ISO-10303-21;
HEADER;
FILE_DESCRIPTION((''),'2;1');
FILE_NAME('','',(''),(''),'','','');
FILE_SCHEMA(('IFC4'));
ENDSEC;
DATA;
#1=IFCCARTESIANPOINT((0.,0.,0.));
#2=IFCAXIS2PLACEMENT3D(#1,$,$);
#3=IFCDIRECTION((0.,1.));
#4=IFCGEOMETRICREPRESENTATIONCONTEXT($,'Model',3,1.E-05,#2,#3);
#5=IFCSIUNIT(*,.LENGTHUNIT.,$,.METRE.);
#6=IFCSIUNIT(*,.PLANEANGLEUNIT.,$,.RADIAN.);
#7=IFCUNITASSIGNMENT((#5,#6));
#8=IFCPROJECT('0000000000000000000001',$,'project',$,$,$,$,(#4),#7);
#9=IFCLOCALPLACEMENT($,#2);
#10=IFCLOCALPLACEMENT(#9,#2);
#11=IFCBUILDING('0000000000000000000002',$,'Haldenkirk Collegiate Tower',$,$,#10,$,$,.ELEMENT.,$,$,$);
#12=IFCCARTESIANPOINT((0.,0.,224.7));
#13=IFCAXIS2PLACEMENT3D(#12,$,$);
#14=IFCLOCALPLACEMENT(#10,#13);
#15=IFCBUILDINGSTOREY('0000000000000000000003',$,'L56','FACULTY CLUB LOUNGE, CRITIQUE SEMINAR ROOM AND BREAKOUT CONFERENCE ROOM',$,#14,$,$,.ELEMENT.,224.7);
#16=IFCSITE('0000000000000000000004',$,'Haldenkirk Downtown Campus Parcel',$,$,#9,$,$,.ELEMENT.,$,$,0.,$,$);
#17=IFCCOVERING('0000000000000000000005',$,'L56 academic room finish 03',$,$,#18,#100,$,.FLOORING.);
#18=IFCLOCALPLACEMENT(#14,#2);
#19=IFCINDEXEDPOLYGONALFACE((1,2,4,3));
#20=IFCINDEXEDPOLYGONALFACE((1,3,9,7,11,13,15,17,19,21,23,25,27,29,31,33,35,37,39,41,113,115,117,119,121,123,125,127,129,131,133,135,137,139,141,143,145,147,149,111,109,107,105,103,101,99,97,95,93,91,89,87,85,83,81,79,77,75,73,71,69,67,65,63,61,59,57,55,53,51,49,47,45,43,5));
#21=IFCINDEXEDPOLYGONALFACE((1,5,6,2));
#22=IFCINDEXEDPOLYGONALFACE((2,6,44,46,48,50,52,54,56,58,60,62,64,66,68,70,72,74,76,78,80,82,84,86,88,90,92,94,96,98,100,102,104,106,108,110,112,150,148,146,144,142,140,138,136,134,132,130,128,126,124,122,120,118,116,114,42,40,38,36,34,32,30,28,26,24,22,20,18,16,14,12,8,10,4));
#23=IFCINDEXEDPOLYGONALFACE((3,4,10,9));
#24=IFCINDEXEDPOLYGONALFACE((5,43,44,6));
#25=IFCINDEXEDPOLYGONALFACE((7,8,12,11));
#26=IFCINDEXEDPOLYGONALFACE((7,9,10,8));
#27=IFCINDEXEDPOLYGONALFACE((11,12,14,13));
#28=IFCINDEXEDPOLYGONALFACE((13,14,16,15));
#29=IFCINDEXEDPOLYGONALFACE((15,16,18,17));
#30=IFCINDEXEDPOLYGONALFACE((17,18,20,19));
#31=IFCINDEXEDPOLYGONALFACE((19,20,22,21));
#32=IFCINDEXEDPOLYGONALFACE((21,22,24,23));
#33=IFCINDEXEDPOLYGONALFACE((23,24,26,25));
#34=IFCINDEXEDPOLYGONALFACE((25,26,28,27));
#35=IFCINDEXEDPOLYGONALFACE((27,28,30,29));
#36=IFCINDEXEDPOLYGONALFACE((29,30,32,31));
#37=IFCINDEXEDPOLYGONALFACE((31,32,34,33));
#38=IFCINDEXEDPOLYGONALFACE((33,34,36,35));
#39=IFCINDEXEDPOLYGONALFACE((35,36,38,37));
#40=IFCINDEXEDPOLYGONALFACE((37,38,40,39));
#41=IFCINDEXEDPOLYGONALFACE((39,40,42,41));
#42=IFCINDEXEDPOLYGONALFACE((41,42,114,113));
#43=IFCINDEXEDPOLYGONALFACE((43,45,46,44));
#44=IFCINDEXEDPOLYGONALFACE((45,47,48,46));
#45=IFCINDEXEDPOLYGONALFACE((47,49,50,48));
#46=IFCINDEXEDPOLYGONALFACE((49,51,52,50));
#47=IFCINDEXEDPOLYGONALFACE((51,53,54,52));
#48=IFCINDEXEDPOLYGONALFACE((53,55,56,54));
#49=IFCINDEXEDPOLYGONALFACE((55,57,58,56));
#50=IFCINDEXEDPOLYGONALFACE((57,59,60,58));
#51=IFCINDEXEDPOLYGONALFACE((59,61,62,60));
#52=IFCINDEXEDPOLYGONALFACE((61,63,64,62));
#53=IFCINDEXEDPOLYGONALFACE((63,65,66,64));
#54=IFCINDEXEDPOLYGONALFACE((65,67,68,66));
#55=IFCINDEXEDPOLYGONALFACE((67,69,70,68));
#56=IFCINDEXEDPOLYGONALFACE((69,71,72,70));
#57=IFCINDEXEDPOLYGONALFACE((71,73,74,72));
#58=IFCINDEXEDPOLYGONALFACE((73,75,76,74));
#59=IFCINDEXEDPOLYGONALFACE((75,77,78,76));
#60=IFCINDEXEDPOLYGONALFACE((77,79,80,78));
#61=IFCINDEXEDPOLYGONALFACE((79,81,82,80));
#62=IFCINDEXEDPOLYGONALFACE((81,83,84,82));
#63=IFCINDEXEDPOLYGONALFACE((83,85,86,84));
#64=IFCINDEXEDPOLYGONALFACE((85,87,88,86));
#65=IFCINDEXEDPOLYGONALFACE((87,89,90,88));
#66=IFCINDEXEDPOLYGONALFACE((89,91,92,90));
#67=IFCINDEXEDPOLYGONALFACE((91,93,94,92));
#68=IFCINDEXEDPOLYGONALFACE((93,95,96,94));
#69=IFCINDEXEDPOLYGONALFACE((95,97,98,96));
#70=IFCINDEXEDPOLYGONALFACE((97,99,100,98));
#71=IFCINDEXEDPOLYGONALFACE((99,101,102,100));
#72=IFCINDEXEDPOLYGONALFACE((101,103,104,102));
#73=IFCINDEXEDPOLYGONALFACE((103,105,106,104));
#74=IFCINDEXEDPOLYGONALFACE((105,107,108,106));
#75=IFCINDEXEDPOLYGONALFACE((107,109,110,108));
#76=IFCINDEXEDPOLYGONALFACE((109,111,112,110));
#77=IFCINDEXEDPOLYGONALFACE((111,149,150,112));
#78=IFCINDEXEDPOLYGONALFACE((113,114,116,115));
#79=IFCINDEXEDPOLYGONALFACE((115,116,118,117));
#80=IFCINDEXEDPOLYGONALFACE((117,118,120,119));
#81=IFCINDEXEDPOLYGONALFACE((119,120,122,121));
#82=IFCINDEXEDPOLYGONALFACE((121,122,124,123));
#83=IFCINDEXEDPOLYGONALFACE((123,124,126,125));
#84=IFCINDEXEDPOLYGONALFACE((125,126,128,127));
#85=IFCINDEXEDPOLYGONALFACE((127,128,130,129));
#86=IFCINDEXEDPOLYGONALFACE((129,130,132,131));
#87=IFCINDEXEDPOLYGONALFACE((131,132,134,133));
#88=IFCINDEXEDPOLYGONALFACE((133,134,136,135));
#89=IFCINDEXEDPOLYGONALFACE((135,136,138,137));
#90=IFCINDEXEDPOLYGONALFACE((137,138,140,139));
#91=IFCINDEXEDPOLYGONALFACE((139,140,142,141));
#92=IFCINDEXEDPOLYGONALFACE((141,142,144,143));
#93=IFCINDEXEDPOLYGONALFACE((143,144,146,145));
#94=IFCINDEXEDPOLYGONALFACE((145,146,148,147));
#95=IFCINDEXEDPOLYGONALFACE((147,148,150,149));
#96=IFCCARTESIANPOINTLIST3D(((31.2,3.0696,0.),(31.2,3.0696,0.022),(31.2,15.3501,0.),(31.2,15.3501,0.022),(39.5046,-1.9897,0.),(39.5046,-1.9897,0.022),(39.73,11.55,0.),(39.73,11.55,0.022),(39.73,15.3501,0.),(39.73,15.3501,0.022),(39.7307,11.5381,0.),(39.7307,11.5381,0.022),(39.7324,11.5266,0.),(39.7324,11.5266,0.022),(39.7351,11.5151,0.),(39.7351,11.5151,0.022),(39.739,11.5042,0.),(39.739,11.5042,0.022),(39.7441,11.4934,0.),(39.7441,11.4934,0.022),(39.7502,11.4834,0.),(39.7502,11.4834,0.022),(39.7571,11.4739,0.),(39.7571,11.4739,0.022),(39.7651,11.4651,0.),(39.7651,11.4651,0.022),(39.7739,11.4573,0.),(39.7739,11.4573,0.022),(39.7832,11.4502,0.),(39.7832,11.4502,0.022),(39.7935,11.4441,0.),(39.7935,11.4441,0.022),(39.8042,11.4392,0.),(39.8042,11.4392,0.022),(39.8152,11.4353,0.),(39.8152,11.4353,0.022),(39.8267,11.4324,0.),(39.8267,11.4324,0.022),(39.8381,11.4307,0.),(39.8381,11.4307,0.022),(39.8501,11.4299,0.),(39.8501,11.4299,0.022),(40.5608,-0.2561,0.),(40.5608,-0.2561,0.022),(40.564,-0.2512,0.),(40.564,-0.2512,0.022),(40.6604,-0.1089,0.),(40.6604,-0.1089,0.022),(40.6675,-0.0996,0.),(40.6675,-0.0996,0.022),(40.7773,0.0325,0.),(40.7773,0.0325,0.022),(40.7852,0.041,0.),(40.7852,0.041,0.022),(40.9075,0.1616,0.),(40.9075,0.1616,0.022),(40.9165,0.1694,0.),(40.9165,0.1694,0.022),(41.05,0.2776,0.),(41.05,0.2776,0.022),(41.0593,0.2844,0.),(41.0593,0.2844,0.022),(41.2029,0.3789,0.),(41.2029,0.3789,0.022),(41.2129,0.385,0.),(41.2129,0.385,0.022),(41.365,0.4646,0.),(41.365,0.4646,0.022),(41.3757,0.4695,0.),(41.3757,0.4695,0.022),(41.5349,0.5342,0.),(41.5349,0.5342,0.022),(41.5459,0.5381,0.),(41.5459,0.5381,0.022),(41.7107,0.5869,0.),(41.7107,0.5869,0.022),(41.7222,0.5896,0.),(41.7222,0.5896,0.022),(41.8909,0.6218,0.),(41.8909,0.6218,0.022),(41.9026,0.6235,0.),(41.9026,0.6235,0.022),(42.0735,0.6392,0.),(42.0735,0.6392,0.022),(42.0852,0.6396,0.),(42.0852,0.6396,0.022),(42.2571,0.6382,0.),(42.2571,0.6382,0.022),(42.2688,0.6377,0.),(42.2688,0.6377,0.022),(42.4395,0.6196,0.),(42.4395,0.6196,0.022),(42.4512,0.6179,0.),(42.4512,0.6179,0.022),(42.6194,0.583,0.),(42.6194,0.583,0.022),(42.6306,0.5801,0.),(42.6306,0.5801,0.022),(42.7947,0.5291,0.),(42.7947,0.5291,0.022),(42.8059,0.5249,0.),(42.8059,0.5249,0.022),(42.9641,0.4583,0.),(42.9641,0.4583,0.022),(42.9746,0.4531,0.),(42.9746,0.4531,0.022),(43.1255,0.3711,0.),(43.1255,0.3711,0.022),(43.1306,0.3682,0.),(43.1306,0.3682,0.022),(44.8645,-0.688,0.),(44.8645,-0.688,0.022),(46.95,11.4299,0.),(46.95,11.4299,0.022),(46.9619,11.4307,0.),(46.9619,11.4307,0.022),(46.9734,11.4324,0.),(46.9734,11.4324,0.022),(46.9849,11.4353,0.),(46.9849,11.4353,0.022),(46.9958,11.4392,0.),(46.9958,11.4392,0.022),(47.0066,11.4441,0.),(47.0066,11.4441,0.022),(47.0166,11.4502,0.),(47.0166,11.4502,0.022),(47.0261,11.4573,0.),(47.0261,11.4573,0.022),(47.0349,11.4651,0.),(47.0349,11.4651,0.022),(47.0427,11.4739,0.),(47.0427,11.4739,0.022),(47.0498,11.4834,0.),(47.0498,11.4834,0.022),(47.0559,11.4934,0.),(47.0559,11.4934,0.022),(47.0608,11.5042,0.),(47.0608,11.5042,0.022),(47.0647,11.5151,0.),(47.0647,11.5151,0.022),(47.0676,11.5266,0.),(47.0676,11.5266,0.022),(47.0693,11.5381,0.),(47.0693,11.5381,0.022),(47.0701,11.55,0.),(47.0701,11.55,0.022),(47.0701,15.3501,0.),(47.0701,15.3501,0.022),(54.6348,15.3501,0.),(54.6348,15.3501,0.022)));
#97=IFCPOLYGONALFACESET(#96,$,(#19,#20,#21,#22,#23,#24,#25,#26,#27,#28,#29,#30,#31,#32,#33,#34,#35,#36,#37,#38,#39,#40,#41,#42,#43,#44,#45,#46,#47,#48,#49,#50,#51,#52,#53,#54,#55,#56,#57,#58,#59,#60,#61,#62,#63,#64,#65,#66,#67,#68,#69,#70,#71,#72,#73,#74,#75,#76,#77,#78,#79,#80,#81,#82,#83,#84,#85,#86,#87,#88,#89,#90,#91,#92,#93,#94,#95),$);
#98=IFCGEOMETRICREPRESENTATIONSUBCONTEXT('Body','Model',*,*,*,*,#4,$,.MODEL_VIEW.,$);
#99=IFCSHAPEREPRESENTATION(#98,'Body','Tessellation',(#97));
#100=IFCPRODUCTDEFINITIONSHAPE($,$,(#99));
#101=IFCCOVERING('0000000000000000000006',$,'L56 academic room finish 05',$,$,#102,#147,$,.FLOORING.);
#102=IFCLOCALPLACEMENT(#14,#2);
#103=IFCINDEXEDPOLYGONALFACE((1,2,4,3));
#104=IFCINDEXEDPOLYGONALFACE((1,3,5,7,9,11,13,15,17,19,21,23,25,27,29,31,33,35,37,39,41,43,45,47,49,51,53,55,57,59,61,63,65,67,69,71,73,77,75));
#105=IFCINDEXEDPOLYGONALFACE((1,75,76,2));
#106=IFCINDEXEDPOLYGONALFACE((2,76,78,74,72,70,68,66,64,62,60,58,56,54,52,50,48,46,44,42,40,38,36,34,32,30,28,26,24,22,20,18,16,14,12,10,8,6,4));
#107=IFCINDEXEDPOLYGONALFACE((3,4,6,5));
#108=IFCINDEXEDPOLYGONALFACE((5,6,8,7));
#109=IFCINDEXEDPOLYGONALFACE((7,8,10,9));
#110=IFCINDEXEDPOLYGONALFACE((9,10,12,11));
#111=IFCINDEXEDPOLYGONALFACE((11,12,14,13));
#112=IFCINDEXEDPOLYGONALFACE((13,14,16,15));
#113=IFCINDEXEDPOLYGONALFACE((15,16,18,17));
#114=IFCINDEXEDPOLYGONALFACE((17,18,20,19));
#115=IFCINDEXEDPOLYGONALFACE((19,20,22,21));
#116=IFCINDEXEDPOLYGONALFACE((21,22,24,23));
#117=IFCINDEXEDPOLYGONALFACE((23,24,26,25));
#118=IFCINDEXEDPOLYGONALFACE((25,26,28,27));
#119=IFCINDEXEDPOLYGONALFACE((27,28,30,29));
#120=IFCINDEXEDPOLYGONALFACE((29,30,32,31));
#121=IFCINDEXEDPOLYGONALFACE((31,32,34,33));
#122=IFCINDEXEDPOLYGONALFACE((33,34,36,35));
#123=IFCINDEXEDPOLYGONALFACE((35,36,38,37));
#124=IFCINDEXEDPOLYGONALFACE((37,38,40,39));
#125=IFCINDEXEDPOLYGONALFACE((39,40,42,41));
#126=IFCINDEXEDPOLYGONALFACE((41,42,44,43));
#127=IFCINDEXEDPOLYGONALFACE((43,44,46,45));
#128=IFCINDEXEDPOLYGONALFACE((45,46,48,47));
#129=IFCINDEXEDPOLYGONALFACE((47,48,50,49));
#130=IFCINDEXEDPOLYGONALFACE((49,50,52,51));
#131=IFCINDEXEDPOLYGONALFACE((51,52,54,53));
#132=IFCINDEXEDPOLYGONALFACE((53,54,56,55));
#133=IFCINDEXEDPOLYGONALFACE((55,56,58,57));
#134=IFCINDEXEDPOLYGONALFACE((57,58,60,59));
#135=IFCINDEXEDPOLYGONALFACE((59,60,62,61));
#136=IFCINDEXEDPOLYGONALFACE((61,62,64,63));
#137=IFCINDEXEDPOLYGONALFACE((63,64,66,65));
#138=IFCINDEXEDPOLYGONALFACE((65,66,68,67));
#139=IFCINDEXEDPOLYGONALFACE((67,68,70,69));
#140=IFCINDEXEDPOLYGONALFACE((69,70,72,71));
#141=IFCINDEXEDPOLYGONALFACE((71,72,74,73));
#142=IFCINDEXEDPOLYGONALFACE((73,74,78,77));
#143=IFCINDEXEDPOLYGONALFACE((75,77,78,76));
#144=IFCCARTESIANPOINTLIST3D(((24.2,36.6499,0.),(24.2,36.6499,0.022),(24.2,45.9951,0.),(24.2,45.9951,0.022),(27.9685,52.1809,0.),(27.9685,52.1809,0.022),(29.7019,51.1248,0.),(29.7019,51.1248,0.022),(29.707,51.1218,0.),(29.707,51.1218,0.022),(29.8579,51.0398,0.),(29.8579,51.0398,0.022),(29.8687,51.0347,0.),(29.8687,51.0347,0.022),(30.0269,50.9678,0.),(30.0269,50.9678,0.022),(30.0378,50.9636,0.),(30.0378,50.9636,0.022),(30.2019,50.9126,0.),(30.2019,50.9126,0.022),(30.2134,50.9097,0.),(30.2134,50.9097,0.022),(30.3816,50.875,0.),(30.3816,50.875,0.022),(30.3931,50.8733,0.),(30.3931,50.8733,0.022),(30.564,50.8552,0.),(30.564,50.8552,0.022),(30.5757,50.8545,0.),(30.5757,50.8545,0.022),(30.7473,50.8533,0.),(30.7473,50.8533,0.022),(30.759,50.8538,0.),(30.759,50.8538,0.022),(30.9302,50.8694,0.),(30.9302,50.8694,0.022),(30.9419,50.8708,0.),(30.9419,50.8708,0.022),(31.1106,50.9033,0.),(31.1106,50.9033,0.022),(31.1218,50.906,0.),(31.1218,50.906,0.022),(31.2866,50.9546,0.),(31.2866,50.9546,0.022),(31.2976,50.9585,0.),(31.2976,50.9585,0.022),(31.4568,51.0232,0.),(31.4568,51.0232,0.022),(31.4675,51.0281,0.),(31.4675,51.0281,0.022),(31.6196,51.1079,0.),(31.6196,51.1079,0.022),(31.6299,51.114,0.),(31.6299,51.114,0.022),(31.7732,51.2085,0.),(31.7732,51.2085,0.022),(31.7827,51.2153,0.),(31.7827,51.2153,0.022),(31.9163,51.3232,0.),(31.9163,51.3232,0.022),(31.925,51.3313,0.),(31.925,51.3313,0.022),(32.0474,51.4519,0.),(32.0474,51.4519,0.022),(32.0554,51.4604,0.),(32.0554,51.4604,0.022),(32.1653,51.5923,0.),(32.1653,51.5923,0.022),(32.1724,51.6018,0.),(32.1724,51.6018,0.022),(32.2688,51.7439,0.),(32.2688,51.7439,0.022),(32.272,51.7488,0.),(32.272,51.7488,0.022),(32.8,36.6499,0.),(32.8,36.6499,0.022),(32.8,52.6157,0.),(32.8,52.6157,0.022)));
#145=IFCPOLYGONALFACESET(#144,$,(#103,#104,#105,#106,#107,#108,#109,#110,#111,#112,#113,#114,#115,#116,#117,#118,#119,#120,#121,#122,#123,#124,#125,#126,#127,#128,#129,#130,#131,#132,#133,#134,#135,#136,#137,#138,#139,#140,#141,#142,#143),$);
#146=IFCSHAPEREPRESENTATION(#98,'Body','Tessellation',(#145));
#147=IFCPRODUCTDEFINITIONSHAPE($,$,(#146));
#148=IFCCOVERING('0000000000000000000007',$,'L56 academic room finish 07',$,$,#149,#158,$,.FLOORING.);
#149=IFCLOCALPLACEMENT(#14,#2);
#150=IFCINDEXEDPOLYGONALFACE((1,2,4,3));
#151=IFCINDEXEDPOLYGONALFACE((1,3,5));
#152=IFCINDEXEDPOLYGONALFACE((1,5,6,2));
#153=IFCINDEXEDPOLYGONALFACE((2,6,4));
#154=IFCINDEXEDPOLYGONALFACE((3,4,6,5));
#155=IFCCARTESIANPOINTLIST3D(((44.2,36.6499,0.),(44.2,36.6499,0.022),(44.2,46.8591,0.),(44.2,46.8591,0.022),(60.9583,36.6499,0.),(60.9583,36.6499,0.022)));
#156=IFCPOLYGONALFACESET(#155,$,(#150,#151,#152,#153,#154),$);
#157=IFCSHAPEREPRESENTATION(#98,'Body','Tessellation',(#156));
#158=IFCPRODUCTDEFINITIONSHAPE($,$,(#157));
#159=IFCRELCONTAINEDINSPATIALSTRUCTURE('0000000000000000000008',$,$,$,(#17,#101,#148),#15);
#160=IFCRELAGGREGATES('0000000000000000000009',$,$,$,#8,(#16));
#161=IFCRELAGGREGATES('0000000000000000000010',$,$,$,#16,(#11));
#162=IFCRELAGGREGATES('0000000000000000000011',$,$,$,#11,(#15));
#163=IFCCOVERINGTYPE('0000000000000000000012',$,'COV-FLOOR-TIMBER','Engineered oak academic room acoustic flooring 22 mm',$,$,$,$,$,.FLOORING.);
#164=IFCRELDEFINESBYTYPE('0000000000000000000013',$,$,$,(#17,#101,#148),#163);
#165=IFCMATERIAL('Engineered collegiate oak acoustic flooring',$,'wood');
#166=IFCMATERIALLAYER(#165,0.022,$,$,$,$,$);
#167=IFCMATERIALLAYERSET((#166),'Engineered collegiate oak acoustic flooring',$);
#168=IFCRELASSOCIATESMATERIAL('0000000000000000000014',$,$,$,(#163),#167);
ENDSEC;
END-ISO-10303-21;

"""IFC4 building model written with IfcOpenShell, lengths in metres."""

from ifc_helpers import new_model, si_unit, direction, frame, origin, place, context, subcontext, project, spatial, polyline, outline, extrude, material, layer, layer_set, type_object, element, save


model = new_model("IFC4")

# Units and contexts
model_context = context("Model", 3, precision=1e-05, world=origin(), true_north=direction((0.0, 1.0)))
body_context = subcontext(model_context, "Body", "Model", "MODEL_VIEW")
ifc_project = project(units=[si_unit("LENGTHUNIT", "METRE"), si_unit("PLANEANGLEUNIT", "RADIAN")], contexts=[model_context])

# Site, building, storey
site_placement = place(None, origin())
site = spatial("IfcSite", under=ifc_project, at=site_placement, Name="Haldenkirk Downtown Campus Parcel", CompositionType="ELEMENT", RefElevation=0.0)
building_placement = place(site_placement, origin())
building = spatial("IfcBuilding", under=site, at=building_placement, Name="Haldenkirk Collegiate Tower", CompositionType="ELEMENT")
storey_placement = place(building_placement, frame((0.0, 0.0, 224.7)))
storey = spatial("IfcBuildingStorey", under=building, at=storey_placement, Name="L56", Description="FACULTY CLUB LOUNGE, CRITIQUE SEMINAR ROOM AND BREAKOUT CONFERENCE ROOM", CompositionType="ELEMENT", Elevation=224.7)

# Coverings
ifc_material_1 = material(Name="Engineered collegiate oak acoustic flooring", Category="wood")
ifc_layer_1 = layer(ifc_material_1, 0.022)
ifc_layer_set_1 = layer_set([ifc_layer_1], Name="Engineered collegiate oak acoustic flooring")
covering_type_1 = type_object("IfcCoveringType", Name="COV-FLOOR-TIMBER", Description="Engineered oak academic room acoustic flooring 22 mm", PredefinedType="FLOORING", material=ifc_layer_set_1)
covering_1_placement = place(storey_placement, origin())
element("IfcCovering", 1, at=covering_1_placement, inside=storey, type_object=covering_type_1, Name="L56 academic room finish 03", PredefinedType="FLOORING", context=body_context, shape_type="SweptSolid", body=[
    extrude(outline(polyline([(42.4512, 0.6179), (42.4395, 0.6196), (42.2688, 0.6377), (42.2571, 0.6382), (42.0852, 0.6396), (42.0735, 0.6392), (41.9026, 0.6235), (41.8909, 0.6218), (41.7222, 0.5896), (41.7107, 0.5869), (41.5459, 0.5381), (41.5349, 0.5342), (41.3757, 0.4695), (41.365, 0.4646), (41.2129, 0.385), (41.2029, 0.3789), (41.0593, 0.2844), (41.05, 0.2776), (40.9165, 0.1694), (40.9075, 0.1616), (40.7852, 0.041), (40.7773, 0.0325), (40.6675, -0.0996), (40.6604, -0.1089), (40.564, -0.2512), (40.5608, -0.2561), (39.5046, -1.9897), (31.2, 3.0696), (31.2, 15.3501), (39.73, 15.3501), (39.73, 11.55), (39.7307, 11.5381), (39.7324, 11.5266), (39.7351, 11.5151), (39.739, 11.5042), (39.7441, 11.4934), (39.7502, 11.4834), (39.7571, 11.4739), (39.7651, 11.4651), (39.7739, 11.4573), (39.7832, 11.4502), (39.7935, 11.4441), (39.8042, 11.4392), (39.8152, 11.4353), (39.8267, 11.4324), (39.8381, 11.4307), (39.8501, 11.4299), (46.95, 11.4299), (46.9619, 11.4307), (46.9734, 11.4324), (46.9849, 11.4353), (46.9958, 11.4392), (47.0066, 11.4441), (47.0166, 11.4502), (47.0261, 11.4573), (47.0349, 11.4651), (47.0427, 11.4739), (47.0498, 11.4834), (47.0559, 11.4934), (47.0608, 11.5042), (47.0647, 11.5151), (47.0676, 11.5266), (47.0693, 11.5381), (47.0701, 11.55), (47.0701, 15.3501), (54.6348, 15.3501), (44.8645, -0.688), (43.1306, 0.3682), (43.1255, 0.3711), (42.9746, 0.4531), (42.9641, 0.4583), (42.8059, 0.5249), (42.7947, 0.5291), (42.6306, 0.5801), (42.6194, 0.583), (42.4512, 0.6179)])), origin(), (0.0, 0.0, 1.0), 0.022),
])
covering_2_placement = place(storey_placement, origin())
element("IfcCovering", 2, at=covering_2_placement, inside=storey, type_object=covering_type_1, Name="L56 academic room finish 05", PredefinedType="FLOORING", context=body_context, shape_type="SweptSolid", body=[
    extrude(outline(polyline([(27.9685, 52.1809), (29.7019, 51.1248), (29.707, 51.1218), (29.8579, 51.0398), (29.8687, 51.0347), (30.0269, 50.9678), (30.0378, 50.9636), (30.2019, 50.9126), (30.2134, 50.9097), (30.3816, 50.875), (30.3931, 50.8733), (30.564, 50.8552), (30.5757, 50.8545), (30.7473, 50.8533), (30.759, 50.8538), (30.9302, 50.8694), (30.9419, 50.8708), (31.1106, 50.9033), (31.1218, 50.906), (31.2866, 50.9546), (31.2976, 50.9585), (31.4568, 51.0232), (31.4675, 51.0281), (31.6196, 51.1079), (31.6299, 51.114), (31.7732, 51.2085), (31.7827, 51.2153), (31.9163, 51.3232), (31.925, 51.3313), (32.0474, 51.4519), (32.0554, 51.4604), (32.1653, 51.5923), (32.1724, 51.6018), (32.2688, 51.7439), (32.272, 51.7488), (32.8, 52.6157), (32.8, 36.6499), (24.2, 36.6499), (24.2, 45.9951), (27.9685, 52.1809)])), origin(), (0.0, 0.0, 1.0), 0.022),
])
covering_3_placement = place(storey_placement, origin())
element("IfcCovering", 3, at=covering_3_placement, inside=storey, type_object=covering_type_1, Name="L56 academic room finish 07", PredefinedType="FLOORING", context=body_context, shape_type="SweptSolid", body=[
    extrude(outline(polyline([(60.9583, 36.6499), (44.2, 36.6499), (44.2, 46.8591), (60.9583, 36.6499)])), origin(), (0.0, 0.0, 1.0), 0.022),
])

save(model, "model.ifc")
